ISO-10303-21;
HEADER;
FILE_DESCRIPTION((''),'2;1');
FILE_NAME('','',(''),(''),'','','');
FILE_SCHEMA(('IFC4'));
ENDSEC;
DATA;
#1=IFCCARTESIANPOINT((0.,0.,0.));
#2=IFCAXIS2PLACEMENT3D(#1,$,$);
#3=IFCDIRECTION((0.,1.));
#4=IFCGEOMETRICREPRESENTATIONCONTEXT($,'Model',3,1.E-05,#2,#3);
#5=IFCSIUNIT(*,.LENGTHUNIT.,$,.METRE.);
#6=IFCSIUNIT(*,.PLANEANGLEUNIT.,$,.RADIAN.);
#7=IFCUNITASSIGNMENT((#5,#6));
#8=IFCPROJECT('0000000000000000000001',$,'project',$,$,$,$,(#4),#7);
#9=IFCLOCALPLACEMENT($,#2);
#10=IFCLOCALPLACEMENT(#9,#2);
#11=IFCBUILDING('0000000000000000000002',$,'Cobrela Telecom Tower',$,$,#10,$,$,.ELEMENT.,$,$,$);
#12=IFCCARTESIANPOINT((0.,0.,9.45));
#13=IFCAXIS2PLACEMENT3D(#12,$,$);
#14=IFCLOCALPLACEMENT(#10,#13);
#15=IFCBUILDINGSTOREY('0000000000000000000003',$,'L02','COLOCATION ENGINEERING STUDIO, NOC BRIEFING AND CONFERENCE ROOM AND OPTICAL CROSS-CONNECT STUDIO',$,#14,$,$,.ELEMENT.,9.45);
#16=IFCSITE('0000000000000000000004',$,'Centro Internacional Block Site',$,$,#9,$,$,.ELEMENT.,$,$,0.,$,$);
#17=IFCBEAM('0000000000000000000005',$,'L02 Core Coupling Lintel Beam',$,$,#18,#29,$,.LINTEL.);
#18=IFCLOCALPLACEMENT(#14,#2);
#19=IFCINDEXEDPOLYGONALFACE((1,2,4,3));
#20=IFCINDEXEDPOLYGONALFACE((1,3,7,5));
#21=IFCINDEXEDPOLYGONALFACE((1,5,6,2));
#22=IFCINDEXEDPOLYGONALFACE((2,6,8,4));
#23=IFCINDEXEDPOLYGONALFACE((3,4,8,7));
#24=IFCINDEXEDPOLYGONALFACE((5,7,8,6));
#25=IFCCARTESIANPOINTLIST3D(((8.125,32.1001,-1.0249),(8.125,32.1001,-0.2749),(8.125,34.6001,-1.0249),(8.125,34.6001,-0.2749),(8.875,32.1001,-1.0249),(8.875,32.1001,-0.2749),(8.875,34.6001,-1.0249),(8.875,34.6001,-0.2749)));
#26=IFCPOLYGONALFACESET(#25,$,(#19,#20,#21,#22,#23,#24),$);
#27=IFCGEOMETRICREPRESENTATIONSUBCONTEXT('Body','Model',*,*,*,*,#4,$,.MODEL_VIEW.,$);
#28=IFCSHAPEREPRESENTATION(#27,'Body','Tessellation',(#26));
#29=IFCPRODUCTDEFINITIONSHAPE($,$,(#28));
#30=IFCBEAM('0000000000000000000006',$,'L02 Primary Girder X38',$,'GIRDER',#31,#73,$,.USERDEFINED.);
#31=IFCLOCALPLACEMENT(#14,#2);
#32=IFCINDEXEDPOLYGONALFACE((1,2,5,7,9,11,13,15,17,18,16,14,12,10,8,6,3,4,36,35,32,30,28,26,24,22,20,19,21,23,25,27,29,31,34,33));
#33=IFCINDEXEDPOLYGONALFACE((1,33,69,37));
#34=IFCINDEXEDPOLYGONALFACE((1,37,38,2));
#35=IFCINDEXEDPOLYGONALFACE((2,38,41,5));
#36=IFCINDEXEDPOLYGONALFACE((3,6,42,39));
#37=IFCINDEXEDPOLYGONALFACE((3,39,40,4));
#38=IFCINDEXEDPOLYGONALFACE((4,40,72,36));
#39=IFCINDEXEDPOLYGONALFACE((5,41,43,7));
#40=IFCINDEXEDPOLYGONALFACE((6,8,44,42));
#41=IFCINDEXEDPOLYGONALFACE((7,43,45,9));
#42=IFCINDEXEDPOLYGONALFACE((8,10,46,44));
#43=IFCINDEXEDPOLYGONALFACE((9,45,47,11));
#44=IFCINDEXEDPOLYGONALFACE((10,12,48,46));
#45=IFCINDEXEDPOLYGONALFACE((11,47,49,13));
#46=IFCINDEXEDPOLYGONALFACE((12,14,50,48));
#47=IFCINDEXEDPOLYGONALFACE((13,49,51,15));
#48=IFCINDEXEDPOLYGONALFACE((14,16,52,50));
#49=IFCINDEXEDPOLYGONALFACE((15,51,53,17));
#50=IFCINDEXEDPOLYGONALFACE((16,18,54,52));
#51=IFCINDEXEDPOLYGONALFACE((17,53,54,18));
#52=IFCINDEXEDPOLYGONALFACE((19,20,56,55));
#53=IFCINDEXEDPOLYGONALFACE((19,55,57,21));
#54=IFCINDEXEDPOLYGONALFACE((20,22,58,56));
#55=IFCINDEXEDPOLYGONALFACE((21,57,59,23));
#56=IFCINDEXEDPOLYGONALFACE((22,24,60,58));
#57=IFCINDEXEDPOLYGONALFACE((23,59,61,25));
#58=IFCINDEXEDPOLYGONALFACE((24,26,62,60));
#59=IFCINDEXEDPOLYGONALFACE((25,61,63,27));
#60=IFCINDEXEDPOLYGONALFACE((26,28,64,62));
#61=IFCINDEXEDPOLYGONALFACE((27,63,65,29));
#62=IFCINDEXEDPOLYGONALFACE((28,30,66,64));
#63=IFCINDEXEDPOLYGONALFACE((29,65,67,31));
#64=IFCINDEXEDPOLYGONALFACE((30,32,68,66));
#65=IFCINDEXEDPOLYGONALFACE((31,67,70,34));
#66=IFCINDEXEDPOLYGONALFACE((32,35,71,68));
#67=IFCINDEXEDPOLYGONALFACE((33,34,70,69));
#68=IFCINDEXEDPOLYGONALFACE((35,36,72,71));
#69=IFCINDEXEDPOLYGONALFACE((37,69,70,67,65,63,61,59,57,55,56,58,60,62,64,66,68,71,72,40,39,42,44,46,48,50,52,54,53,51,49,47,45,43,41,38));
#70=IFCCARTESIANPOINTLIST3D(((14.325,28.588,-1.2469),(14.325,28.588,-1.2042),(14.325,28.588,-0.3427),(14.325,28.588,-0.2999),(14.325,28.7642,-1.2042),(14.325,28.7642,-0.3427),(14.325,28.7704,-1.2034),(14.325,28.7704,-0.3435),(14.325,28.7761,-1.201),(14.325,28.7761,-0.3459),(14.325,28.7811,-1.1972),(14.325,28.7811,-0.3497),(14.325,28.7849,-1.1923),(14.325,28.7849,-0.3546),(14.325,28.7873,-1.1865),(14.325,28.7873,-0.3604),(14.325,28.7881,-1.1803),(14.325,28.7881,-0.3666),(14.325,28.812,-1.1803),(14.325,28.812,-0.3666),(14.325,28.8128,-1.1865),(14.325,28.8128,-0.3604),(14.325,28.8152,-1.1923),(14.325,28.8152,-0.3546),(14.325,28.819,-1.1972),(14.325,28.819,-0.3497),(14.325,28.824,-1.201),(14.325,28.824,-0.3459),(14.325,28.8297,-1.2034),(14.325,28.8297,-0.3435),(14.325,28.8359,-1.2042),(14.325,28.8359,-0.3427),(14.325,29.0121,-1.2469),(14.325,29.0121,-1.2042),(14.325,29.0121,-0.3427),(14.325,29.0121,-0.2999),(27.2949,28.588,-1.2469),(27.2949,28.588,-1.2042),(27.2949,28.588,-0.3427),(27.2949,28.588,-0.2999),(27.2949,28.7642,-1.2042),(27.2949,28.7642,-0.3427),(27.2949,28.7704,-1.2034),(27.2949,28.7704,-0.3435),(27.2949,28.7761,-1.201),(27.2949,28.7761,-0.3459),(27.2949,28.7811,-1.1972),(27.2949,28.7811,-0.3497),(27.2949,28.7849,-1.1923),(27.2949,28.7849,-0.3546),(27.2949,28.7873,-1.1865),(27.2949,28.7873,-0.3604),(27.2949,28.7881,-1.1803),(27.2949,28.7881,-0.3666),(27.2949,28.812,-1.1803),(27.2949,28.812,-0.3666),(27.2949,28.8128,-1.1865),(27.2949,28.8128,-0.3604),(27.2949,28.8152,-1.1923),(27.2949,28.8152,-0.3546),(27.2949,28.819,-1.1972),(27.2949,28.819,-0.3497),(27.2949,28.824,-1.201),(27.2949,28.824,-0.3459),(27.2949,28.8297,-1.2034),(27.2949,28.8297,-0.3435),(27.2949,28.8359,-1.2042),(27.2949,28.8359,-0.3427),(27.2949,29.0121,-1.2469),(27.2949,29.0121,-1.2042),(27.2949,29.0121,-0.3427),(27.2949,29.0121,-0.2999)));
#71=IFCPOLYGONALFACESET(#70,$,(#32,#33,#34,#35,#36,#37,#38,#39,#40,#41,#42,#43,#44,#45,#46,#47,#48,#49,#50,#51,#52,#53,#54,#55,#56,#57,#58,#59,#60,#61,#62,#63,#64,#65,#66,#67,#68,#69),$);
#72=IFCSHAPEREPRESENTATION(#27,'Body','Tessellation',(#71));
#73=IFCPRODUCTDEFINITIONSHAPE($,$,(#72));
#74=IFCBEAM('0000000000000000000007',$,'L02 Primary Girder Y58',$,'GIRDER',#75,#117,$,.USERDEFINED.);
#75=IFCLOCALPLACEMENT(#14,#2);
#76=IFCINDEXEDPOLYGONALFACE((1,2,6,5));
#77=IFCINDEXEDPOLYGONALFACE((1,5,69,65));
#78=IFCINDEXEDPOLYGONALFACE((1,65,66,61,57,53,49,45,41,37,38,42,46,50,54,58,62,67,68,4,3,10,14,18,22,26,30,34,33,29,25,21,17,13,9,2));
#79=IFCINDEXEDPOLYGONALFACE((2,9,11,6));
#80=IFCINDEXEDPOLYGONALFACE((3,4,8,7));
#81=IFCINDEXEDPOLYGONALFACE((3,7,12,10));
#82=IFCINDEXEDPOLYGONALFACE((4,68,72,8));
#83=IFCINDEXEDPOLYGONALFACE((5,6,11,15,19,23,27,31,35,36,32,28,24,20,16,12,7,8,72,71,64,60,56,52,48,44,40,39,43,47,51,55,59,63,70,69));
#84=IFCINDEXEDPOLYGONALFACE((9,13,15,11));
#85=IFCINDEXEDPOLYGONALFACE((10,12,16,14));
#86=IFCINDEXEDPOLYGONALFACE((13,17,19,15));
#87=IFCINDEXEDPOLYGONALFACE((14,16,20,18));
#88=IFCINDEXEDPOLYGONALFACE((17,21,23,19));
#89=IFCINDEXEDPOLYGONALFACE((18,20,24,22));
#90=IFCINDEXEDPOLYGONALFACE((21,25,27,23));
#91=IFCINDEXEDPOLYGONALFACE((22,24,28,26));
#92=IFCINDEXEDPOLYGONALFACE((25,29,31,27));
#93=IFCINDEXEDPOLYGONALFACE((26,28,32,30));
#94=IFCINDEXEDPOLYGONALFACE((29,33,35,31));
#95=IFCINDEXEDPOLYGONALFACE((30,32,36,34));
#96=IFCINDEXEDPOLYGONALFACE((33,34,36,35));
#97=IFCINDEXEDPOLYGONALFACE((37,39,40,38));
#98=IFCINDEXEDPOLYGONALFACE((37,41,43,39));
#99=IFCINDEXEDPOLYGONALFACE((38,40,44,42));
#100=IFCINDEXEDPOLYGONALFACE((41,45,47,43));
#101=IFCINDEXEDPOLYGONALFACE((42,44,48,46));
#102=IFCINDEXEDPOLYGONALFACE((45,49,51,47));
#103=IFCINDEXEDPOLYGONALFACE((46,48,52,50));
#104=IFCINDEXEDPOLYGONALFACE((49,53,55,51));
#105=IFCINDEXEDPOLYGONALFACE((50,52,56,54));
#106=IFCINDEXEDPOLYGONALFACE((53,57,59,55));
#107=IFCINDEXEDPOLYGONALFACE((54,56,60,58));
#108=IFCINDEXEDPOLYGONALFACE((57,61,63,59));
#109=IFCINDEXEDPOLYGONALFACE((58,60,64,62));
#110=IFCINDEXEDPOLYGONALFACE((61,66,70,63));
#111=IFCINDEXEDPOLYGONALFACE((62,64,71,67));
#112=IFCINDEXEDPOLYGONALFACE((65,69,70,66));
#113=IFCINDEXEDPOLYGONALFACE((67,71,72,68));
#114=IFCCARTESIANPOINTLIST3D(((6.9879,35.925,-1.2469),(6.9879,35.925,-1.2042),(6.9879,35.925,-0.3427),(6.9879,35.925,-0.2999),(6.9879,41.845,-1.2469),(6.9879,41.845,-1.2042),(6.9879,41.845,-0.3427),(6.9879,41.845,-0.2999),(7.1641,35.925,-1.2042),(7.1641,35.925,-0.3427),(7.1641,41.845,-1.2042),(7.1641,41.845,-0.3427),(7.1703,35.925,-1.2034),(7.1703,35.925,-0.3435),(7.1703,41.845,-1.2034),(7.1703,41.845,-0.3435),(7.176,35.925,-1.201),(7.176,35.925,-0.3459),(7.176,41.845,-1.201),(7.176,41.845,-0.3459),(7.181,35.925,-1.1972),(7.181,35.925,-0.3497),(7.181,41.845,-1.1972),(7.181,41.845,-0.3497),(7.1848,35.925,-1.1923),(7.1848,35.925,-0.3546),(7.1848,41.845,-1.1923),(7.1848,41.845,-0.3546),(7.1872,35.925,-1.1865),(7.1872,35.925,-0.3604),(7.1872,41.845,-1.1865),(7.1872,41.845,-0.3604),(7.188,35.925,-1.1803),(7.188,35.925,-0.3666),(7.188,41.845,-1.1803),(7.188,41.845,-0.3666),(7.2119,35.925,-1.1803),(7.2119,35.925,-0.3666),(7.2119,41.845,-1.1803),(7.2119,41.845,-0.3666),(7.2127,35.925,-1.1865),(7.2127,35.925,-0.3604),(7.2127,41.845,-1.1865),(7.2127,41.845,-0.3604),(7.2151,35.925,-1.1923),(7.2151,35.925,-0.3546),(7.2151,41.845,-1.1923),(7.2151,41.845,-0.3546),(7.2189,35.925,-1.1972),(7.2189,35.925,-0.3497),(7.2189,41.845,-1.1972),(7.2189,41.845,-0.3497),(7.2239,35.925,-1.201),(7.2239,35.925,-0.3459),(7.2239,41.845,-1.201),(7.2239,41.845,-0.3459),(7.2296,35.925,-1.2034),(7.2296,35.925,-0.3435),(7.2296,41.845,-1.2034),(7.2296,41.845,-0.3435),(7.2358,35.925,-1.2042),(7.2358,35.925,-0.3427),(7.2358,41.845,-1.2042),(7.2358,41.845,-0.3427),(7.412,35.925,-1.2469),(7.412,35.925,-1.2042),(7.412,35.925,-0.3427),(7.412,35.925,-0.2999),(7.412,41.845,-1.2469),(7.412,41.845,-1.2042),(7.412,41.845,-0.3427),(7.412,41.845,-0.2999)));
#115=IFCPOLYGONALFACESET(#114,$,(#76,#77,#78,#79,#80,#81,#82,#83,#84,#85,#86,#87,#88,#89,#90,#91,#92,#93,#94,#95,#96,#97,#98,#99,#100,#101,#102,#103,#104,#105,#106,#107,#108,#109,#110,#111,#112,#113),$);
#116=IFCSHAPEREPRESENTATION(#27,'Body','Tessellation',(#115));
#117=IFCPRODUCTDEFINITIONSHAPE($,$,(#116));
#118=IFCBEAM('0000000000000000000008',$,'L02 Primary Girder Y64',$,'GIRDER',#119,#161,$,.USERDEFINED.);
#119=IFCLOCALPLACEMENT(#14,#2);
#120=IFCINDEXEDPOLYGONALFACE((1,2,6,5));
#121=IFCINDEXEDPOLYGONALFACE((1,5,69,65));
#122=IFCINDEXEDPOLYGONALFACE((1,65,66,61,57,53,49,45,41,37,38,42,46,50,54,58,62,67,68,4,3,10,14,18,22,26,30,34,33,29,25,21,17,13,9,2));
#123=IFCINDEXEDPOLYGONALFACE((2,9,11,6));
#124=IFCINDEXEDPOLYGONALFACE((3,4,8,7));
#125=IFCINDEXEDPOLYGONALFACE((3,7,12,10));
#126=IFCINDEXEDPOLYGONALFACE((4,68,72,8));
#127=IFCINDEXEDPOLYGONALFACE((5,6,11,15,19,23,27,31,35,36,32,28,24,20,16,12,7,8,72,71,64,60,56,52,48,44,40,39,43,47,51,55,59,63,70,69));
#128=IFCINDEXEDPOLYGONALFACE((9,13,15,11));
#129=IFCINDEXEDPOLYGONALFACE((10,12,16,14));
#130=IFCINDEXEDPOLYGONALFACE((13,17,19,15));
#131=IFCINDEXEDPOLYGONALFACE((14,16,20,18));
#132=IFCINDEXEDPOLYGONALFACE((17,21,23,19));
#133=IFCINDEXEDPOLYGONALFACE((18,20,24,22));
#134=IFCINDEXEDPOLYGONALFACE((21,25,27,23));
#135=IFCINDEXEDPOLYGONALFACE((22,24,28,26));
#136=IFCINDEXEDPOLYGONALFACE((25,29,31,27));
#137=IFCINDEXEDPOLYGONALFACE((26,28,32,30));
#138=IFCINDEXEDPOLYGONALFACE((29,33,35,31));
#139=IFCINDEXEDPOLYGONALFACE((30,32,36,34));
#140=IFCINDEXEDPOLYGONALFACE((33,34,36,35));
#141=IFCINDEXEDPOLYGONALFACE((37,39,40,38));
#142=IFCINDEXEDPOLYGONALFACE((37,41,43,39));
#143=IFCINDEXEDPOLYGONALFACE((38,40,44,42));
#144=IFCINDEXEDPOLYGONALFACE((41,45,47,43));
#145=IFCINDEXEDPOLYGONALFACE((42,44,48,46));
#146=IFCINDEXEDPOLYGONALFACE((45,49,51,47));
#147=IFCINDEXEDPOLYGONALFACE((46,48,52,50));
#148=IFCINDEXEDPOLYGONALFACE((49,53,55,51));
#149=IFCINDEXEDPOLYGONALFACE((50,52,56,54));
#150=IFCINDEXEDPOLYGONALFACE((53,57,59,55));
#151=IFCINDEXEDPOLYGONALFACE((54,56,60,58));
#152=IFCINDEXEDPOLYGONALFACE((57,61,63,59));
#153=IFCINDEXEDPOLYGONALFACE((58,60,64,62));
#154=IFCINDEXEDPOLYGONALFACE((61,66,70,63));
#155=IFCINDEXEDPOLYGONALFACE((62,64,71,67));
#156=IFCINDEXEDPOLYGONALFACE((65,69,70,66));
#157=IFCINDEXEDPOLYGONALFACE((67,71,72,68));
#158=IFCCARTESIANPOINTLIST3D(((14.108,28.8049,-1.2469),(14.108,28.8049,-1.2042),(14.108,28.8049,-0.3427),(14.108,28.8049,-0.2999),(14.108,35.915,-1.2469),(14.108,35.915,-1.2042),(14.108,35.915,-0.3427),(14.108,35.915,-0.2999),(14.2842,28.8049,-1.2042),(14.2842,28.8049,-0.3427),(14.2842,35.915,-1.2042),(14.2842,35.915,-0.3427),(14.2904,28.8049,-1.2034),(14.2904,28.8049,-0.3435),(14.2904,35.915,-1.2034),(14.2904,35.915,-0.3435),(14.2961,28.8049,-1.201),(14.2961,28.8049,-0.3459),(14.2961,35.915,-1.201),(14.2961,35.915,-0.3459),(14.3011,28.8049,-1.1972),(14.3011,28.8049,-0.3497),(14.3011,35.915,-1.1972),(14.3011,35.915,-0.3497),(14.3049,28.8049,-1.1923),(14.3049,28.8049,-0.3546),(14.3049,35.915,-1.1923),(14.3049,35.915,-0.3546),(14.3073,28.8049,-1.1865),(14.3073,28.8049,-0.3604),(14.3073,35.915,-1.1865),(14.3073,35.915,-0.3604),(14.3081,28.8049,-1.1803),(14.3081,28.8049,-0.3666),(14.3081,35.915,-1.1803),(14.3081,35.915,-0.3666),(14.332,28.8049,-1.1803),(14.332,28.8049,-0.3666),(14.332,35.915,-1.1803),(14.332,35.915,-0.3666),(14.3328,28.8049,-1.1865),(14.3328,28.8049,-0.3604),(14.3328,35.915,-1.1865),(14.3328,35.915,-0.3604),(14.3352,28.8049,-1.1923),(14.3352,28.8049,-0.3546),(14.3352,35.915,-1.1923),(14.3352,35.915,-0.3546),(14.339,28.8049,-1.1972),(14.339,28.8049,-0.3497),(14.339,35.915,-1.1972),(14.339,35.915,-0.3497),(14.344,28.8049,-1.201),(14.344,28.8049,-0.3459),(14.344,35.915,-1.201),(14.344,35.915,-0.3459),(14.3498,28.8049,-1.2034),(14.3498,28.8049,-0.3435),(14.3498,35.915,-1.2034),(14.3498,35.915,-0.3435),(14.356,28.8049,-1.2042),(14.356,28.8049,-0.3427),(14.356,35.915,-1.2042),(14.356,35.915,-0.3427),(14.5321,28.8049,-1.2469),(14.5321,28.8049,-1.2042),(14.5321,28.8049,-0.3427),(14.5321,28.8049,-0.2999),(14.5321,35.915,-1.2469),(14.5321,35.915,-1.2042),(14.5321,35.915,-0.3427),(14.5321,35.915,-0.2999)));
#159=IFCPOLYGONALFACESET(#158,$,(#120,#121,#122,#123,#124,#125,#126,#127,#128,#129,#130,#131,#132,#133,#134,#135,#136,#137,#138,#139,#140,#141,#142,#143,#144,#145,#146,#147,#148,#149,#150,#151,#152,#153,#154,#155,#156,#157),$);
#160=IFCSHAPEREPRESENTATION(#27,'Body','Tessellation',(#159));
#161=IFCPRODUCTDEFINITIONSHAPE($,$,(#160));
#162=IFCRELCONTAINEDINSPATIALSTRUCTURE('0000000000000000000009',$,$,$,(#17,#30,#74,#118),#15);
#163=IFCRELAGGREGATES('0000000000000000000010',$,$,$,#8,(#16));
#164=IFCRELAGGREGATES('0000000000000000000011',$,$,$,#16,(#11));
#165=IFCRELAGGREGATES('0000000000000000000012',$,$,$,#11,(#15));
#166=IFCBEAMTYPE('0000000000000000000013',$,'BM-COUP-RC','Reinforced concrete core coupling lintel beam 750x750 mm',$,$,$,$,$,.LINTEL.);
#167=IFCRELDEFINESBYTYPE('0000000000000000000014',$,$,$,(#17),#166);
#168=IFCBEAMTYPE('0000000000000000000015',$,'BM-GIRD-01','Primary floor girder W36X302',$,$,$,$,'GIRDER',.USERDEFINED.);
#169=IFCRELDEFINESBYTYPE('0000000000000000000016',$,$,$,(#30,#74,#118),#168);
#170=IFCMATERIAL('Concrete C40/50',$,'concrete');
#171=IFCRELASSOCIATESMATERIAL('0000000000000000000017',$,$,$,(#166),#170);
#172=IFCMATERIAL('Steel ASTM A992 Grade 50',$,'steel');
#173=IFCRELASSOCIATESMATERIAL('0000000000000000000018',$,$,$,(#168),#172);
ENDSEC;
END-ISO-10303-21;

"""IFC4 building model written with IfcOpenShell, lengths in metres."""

from ifc_helpers import new_model, si_unit, direction, frame, origin, origin_2d, place, context, subcontext, project, spatial, rectangle, i_section, extrude, material, material_profile, profile_set, type_object, element, save


model = new_model("IFC4")

# Units and contexts
model_context = context("Model", 3, precision=1e-05, world=origin(), true_north=direction((0.0, 1.0)))
body_context = subcontext(model_context, "Body", "Model", "MODEL_VIEW")
ifc_project = project(units=[si_unit("LENGTHUNIT", "METRE"), si_unit("PLANEANGLEUNIT", "RADIAN")], contexts=[model_context])

# Site, building, storey
site_placement = place(None, origin())
site = spatial("IfcSite", under=ifc_project, at=site_placement, Name="Centro Internacional Block Site", CompositionType="ELEMENT", RefElevation=0.0)
building_placement = place(site_placement, origin())
building = spatial("IfcBuilding", under=site, at=building_placement, Name="Cobrela Telecom Tower", CompositionType="ELEMENT")
storey_placement = place(building_placement, frame((0.0, 0.0, 9.45)))
storey = spatial("IfcBuildingStorey", under=building, at=storey_placement, Name="L02", Description="COLOCATION ENGINEERING STUDIO, NOC BRIEFING AND CONFERENCE ROOM AND OPTICAL CROSS-CONNECT STUDIO", CompositionType="ELEMENT", Elevation=9.45)

# Beams
ifc_material_1 = material(Name="Concrete C40/50", Category="concrete")
ifc_material_profile_1 = material_profile(ifc_material_1, rectangle(XDim=0.75, YDim=0.75, at=origin_2d()), Name="RC 750x750")
ifc_profile_set_1 = profile_set([ifc_material_profile_1], Name="Concrete C40/50")
beam_type_1 = type_object("IfcBeamType", Name="BM-COUP-RC", Description="Reinforced concrete core coupling lintel beam 750x750 mm", PredefinedType="LINTEL", material=ifc_profile_set_1)
beam_1_placement = place(storey_placement, frame((8.5, 32.1001, -0.6499), z_axis=(0.0, 1.0, 0.0), x_axis=(-1.0, 0.0, 0.0)))
element("IfcBeam", 1, at=beam_1_placement, inside=storey, type_object=beam_type_1, Name="L02 Core Coupling Lintel Beam", PredefinedType="LINTEL", context=body_context, shape_type="SweptSolid", body=[
    extrude(rectangle(XDim=0.75, YDim=0.75, at=origin_2d()), origin(), (0.0, 0.0, 1.0), 2.5),
])
ifc_material_2 = material(Name="Steel ASTM A992 Grade 50", Category="steel")
ifc_material_profile_2 = material_profile(ifc_material_2, i_section(OverallWidth=0.4241, OverallDepth=0.947, WebThickness=0.0239, FlangeThickness=0.0427, FilletRadius=0.0239, at=origin_2d()), Name="W36X302")
ifc_profile_set_2 = profile_set([ifc_material_profile_2], Name="Steel ASTM A992 Grade 50")
beam_type_2 = type_object("IfcBeamType", Name="BM-GIRD-01", Description="Primary floor girder W36X302", ElementType="GIRDER", PredefinedType="USERDEFINED", material=ifc_profile_set_2)
beam_2_placement = place(storey_placement, frame((14.325, 28.8, -0.7734), z_axis=(1.0, 0.0, 0.0), x_axis=(0.0, 1.0, 0.0)))
element("IfcBeam", 2, at=beam_2_placement, inside=storey, type_object=beam_type_2, Name="L02 Primary Girder X38", ObjectType="GIRDER", PredefinedType="USERDEFINED", context=body_context, shape_type="SweptSolid", body=[
    extrude(i_section(OverallWidth=0.4241, OverallDepth=0.947, WebThickness=0.0239, FlangeThickness=0.0427, FilletRadius=0.0239, at=origin_2d()), origin(), (0.0, 0.0, 1.0), 12.97),
])
beam_3_placement = place(storey_placement, frame((7.2, 35.925, -0.7734), z_axis=(0.0, 1.0, 0.0), x_axis=(-1.0, 0.0, 0.0)))
element("IfcBeam", 3, at=beam_3_placement, inside=storey, type_object=beam_type_2, Name="L02 Primary Girder Y58", ObjectType="GIRDER", PredefinedType="USERDEFINED", context=body_context, shape_type="SweptSolid", body=[
    extrude(i_section(OverallWidth=0.4241, OverallDepth=0.947, WebThickness=0.0239, FlangeThickness=0.0427, FilletRadius=0.0239, at=origin_2d()), origin(), (0.0, 0.0, 1.0), 5.9199),
])
beam_4_placement = place(storey_placement, frame((14.3201, 28.8049, -0.7734), z_axis=(0.0, 1.0, 0.0), x_axis=(-1.0, 0.0, 0.0)))
element("IfcBeam", 4, at=beam_4_placement, inside=storey, type_object=beam_type_2, Name="L02 Primary Girder Y64", ObjectType="GIRDER", PredefinedType="USERDEFINED", context=body_context, shape_type="SweptSolid", body=[
    extrude(i_section(OverallWidth=0.4241, OverallDepth=0.947, WebThickness=0.0239, FlangeThickness=0.0427, FilletRadius=0.0239, at=origin_2d()), origin(), (0.0, 0.0, 1.0), 7.1101),
])

save(model, "model.ifc")
